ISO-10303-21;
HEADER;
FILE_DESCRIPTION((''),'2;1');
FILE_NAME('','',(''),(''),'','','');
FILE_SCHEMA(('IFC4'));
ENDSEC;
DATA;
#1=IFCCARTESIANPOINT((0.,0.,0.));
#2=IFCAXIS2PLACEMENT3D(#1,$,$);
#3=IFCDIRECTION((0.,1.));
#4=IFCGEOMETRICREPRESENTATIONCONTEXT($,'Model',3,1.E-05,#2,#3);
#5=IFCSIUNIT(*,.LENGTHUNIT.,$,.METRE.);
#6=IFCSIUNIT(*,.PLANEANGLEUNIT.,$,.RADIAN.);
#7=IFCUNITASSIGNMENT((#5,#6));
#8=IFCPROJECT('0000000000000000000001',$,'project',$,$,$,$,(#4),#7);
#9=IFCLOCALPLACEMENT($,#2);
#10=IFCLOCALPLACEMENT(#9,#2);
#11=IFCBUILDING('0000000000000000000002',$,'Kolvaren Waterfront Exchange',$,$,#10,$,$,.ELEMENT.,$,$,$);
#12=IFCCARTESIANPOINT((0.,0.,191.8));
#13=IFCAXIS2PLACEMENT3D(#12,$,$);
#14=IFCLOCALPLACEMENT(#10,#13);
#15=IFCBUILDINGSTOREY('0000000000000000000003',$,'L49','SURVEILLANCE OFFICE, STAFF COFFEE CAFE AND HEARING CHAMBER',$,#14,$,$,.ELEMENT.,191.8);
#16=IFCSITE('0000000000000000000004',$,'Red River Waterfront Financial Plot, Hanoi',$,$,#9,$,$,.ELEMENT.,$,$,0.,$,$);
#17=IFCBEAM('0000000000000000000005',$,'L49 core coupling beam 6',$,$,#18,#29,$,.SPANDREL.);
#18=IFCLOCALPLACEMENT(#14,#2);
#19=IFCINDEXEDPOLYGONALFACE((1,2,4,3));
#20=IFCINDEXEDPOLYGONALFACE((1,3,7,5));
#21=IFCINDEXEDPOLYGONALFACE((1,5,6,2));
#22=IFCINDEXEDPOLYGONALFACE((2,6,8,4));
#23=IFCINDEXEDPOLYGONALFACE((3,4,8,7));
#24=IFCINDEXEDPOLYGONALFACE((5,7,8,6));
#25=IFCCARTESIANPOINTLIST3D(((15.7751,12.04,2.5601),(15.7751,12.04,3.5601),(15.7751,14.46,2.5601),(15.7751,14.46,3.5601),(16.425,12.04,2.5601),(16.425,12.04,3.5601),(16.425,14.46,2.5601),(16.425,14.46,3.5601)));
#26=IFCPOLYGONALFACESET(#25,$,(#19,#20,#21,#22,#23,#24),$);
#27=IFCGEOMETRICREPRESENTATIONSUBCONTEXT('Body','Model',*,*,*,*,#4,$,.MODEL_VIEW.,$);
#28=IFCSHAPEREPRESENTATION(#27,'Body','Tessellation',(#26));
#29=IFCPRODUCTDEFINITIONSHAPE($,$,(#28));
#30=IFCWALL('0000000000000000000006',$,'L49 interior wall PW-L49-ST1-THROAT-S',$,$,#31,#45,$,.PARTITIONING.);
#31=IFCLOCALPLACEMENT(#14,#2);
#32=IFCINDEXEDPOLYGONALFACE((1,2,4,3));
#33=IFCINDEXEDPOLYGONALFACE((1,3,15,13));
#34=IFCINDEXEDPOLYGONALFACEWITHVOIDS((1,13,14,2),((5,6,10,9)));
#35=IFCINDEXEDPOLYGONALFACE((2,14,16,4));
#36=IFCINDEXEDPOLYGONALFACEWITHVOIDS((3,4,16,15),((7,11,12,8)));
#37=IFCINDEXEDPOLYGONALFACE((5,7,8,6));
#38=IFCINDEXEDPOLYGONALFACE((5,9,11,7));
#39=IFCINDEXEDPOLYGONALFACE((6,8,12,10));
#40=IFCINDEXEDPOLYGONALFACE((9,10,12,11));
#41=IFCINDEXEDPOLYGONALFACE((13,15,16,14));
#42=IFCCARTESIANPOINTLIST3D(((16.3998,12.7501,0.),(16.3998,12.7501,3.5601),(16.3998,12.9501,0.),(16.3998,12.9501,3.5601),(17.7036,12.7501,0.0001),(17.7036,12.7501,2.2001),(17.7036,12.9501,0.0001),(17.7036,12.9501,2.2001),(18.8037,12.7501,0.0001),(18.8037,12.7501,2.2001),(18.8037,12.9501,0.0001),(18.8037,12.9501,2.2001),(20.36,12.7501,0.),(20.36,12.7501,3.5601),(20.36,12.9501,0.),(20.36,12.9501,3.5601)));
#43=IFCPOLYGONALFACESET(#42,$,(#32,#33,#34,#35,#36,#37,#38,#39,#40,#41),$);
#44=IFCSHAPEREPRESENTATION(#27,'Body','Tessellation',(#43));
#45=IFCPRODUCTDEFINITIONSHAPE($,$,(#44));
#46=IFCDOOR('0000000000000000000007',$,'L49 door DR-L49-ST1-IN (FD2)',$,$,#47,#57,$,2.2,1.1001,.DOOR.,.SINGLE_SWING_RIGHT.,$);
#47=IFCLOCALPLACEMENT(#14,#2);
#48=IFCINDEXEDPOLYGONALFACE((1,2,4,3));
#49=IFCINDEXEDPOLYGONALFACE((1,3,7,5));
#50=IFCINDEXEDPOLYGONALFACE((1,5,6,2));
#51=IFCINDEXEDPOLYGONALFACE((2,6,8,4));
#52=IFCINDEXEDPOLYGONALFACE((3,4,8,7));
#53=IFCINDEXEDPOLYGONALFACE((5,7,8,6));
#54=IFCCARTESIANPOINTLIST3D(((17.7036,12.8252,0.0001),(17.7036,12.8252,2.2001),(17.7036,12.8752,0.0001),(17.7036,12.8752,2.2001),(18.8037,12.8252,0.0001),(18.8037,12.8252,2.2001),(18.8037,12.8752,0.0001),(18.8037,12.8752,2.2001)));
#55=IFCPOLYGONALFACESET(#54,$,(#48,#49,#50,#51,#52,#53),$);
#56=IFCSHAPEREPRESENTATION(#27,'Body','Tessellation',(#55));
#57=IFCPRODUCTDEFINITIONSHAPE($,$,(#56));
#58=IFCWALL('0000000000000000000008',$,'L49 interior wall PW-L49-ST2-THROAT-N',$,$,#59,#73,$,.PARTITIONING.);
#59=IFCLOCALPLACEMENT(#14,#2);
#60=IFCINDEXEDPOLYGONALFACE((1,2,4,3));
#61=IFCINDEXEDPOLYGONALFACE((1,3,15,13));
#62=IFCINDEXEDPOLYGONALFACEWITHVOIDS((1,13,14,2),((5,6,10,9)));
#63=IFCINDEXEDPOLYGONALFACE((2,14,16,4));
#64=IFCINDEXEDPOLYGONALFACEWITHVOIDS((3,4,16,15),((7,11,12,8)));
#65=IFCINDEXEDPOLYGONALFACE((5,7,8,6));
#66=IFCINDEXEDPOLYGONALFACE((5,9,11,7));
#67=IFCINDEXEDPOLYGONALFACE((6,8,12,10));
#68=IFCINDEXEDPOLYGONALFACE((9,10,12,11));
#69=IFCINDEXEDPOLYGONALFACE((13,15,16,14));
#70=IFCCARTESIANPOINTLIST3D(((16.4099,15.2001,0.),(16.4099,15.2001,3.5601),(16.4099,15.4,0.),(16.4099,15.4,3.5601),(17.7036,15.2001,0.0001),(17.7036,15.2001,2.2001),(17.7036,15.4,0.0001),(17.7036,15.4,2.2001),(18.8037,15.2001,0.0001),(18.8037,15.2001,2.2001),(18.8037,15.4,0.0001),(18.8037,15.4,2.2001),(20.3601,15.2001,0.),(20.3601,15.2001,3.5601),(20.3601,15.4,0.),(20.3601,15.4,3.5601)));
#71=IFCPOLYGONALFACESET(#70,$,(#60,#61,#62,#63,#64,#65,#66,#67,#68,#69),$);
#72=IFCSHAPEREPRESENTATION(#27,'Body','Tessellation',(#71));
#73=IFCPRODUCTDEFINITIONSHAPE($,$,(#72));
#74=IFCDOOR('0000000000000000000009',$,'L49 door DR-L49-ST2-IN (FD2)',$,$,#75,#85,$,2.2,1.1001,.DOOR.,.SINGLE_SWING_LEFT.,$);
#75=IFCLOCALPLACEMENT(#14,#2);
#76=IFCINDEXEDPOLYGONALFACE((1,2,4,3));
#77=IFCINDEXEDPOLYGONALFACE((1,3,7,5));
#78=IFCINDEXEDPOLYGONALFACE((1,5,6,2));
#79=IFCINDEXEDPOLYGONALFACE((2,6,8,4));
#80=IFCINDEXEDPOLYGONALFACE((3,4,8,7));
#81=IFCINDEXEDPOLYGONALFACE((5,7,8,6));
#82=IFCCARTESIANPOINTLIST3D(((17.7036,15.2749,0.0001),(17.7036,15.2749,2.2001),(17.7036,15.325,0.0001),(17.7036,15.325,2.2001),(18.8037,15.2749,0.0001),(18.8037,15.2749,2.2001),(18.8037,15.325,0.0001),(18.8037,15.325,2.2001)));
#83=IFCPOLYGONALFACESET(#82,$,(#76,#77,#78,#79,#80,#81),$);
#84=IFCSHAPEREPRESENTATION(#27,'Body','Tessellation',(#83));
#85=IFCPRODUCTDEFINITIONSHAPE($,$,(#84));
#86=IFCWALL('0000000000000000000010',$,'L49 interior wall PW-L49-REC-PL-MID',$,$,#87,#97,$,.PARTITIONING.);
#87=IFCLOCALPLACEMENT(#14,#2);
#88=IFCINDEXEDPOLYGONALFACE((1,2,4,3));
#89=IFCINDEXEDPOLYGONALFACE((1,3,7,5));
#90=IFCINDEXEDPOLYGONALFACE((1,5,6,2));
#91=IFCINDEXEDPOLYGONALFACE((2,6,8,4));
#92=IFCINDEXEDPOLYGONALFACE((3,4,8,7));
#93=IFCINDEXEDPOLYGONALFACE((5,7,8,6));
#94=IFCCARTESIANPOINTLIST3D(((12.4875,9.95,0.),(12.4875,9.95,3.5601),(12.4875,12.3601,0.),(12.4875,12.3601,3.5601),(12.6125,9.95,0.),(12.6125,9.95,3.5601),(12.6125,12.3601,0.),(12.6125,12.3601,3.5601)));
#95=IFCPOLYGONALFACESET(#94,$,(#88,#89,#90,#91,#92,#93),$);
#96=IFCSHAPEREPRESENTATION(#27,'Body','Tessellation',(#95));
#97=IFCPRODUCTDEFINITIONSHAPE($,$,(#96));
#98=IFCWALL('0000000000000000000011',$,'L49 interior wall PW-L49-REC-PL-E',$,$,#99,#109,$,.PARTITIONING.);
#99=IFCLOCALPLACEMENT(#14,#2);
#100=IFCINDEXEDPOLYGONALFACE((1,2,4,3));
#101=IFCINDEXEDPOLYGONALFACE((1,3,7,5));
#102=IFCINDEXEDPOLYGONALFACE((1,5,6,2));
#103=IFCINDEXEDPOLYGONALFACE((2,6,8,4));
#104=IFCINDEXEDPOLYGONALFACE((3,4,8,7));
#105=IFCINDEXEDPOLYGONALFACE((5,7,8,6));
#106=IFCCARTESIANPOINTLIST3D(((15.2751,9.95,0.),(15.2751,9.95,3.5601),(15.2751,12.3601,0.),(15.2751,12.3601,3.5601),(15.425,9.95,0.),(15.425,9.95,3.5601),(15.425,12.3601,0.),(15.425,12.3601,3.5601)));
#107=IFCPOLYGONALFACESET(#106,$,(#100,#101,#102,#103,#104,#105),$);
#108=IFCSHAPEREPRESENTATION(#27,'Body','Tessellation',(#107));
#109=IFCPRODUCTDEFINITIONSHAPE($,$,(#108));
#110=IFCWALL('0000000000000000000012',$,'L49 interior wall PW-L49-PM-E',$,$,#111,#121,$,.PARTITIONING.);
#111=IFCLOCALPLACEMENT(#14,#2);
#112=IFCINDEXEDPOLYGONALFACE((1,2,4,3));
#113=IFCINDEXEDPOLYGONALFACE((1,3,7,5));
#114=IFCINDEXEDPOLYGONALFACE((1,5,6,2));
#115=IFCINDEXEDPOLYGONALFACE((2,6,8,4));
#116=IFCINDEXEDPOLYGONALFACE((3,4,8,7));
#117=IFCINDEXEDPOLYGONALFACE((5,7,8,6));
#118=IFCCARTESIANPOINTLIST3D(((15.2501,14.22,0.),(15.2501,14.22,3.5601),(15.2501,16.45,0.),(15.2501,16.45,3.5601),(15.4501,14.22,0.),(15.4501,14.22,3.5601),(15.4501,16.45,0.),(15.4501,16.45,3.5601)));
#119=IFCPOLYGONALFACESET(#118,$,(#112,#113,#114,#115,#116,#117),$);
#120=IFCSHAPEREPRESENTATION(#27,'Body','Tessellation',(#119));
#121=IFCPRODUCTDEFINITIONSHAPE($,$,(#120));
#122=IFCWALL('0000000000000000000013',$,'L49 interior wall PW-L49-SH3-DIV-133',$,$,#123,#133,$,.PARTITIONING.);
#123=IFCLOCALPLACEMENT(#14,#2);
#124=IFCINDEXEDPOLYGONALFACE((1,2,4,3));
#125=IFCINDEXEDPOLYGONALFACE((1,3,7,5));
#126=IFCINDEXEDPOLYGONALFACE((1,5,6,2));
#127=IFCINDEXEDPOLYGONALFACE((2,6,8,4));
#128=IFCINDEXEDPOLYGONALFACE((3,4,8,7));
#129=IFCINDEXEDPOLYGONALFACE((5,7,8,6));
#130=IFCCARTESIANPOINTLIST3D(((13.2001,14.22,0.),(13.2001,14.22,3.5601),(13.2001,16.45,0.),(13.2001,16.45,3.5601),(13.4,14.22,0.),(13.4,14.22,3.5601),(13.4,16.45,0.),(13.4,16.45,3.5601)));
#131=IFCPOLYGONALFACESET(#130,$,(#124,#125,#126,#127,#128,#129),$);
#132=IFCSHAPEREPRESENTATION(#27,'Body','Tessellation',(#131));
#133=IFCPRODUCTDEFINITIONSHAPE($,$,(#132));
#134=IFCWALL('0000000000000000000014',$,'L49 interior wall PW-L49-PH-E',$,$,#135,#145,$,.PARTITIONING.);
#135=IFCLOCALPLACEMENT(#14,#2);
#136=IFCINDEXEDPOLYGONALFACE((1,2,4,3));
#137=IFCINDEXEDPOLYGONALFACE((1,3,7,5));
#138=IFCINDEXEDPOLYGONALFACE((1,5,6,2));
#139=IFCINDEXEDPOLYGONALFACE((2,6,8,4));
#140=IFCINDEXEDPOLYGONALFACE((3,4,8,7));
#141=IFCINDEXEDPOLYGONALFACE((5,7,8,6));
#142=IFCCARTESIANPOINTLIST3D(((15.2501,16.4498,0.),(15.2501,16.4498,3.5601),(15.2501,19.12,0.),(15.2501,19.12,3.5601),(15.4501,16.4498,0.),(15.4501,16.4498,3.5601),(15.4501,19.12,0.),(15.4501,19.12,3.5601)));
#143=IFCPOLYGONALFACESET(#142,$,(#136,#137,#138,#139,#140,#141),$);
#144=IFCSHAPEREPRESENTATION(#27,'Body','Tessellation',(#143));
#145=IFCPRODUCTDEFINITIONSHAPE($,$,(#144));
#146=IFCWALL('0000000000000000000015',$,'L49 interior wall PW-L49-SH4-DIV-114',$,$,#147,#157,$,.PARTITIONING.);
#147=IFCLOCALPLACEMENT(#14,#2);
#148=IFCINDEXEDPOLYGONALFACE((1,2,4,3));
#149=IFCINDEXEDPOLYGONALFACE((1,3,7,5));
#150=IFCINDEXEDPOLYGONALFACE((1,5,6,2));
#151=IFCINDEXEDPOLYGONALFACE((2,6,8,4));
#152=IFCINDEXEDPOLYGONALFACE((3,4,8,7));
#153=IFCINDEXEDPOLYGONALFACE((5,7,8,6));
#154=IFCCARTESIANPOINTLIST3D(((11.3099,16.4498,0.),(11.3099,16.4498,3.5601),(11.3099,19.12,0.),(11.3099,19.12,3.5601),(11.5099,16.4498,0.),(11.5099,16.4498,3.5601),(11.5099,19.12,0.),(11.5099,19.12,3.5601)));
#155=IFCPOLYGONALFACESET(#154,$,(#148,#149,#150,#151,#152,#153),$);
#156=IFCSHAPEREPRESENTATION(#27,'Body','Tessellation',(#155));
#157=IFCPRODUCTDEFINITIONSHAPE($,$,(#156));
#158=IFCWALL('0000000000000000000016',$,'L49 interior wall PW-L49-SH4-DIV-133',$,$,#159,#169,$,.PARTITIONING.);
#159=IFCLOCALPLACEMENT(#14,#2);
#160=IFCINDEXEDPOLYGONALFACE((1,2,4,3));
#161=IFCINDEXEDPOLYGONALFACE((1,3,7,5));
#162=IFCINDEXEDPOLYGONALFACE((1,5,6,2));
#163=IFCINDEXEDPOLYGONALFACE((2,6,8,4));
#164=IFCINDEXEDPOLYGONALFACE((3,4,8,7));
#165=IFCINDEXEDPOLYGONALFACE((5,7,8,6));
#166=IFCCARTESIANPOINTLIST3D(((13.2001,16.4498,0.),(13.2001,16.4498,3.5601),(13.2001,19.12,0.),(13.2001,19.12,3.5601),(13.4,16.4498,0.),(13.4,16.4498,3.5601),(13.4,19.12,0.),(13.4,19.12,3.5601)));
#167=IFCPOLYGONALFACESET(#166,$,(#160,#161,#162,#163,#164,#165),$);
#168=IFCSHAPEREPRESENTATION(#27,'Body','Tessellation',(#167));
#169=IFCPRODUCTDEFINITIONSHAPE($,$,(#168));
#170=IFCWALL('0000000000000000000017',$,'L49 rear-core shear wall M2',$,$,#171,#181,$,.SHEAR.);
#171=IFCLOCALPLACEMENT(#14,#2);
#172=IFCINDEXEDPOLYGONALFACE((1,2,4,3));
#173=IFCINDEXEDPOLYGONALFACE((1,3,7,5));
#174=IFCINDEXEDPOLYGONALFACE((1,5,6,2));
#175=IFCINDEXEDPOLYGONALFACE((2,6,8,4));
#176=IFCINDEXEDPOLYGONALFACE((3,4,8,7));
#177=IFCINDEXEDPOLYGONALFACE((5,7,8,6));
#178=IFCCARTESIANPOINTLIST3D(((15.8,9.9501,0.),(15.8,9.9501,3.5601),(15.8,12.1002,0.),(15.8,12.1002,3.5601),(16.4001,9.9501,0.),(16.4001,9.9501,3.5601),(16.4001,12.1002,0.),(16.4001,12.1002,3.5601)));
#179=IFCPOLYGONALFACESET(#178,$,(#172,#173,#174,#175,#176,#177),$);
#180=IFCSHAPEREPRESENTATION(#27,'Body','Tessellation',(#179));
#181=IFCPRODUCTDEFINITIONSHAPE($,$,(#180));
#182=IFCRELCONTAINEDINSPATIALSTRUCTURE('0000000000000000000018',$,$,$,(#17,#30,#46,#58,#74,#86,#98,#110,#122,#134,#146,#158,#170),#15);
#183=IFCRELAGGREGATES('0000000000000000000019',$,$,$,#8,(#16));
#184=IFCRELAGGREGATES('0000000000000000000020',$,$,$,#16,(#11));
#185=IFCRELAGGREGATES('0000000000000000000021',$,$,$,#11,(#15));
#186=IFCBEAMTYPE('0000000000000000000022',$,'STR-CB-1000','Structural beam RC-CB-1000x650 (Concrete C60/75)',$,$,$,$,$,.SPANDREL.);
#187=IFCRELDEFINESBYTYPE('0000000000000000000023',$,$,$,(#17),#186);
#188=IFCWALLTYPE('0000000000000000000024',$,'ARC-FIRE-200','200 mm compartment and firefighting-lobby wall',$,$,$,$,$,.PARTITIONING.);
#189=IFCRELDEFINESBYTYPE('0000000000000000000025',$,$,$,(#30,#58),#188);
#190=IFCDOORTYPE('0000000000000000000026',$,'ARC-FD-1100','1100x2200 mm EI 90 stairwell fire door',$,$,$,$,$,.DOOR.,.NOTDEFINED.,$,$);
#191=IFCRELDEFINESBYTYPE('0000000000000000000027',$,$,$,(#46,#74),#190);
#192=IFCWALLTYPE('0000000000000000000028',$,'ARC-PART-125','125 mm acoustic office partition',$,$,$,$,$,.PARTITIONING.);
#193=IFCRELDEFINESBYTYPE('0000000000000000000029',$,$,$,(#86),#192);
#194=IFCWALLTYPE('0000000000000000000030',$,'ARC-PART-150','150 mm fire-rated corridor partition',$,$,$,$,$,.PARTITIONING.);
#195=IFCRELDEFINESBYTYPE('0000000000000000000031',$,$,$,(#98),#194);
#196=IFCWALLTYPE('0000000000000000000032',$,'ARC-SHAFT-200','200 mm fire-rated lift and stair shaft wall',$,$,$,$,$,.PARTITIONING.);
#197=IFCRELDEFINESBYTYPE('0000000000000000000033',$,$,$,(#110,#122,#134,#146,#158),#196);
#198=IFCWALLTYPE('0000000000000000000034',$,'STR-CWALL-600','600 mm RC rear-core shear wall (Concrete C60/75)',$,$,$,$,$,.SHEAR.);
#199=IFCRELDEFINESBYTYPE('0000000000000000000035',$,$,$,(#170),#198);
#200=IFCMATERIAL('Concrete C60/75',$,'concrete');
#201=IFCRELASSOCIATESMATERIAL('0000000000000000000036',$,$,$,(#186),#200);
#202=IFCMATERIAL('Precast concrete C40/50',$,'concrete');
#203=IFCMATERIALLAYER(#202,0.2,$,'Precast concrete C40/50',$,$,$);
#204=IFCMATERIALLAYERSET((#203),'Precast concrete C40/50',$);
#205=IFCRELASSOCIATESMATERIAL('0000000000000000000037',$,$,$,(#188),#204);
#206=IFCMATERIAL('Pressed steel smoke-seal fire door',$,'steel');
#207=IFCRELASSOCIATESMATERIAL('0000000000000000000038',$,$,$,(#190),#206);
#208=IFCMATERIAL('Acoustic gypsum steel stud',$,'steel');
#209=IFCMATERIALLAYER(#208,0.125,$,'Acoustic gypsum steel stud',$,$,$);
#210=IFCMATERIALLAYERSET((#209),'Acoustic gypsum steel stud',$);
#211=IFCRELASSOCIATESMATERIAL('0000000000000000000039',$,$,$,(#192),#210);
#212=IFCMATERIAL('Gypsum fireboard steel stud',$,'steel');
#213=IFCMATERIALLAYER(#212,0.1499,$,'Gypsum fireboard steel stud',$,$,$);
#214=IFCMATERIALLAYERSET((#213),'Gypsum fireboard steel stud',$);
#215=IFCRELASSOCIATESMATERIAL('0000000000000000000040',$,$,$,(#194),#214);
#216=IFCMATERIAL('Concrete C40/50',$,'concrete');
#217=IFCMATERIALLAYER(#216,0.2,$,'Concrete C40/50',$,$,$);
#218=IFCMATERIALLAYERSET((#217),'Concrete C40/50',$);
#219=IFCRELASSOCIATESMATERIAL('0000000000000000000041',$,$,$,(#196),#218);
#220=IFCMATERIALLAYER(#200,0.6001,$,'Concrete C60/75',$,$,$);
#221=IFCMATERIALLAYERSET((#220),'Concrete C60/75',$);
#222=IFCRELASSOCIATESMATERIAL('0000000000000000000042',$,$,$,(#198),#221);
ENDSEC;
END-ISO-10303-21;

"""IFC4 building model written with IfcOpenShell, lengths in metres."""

from ifc_helpers import new_model, si_unit, direction, frame, frame_2d, origin, origin_2d, place, context, subcontext, project, spatial, rectangle, extrude, material, layer, layer_set, material_profile, profile_set, type_object, element, fill, save


model = new_model("IFC4")

# Units and contexts
model_context = context("Model", 3, precision=1e-05, world=origin(), true_north=direction((0.0, 1.0)))
body_context = subcontext(model_context, "Body", "Model", "MODEL_VIEW")
ifc_project = project(units=[si_unit("LENGTHUNIT", "METRE"), si_unit("PLANEANGLEUNIT", "RADIAN")], contexts=[model_context])

# Site, building, storey
site_placement = place(None, origin())
site = spatial("IfcSite", under=ifc_project, at=site_placement, Name="Red River Waterfront Financial Plot, Hanoi", CompositionType="ELEMENT", RefElevation=0.0)
building_placement = place(site_placement, origin())
building = spatial("IfcBuilding", under=site, at=building_placement, Name="Kolvaren Waterfront Exchange", CompositionType="ELEMENT")
storey_placement = place(building_placement, frame((0.0, 0.0, 191.8)))
storey = spatial("IfcBuildingStorey", under=building, at=storey_placement, Name="L49", Description="SURVEILLANCE OFFICE, STAFF COFFEE CAFE AND HEARING CHAMBER", CompositionType="ELEMENT", Elevation=191.8)

# Beam
ifc_material_1 = material(Name="Concrete C60/75", Category="concrete")
ifc_material_profile = material_profile(ifc_material_1, rectangle(XDim=0.6499, YDim=1.0, at=origin_2d()), Name="RC-CB-1000x650")
ifc_profile_set = profile_set([ifc_material_profile], Name="Concrete C60/75")
beam_type = type_object("IfcBeamType", Name="STR-CB-1000", Description="Structural beam RC-CB-1000x650 (Concrete C60/75)", PredefinedType="SPANDREL", material=ifc_profile_set)
beam_placement = place(storey_placement, frame((16.1001, 12.04, 3.0601), z_axis=(0.0, 1.0, 0.0), x_axis=(-1.0, 0.0, 0.0)))
element("IfcBeam", 1, at=beam_placement, inside=storey, type_object=beam_type, Name="L49 core coupling beam 6", PredefinedType="SPANDREL", context=body_context, shape_type="SweptSolid", body=[
    extrude(rectangle(XDim=0.6499, YDim=1.0, at=origin_2d()), origin(), (0.0, 0.0, 1.0), 2.4199),
])

# Walls, openings, doors
ifc_material_2 = material(Name="Precast concrete C40/50", Category="concrete")
ifc_layer_1 = layer(ifc_material_2, 0.2, Name="Precast concrete C40/50")
ifc_layer_set_1 = layer_set([ifc_layer_1], Name="Precast concrete C40/50")
wall_type_1 = type_object("IfcWallType", Name="ARC-FIRE-200", Description="200 mm compartment and firefighting-lobby wall", PredefinedType="PARTITIONING", material=ifc_layer_set_1)
wall_1_placement = place(storey_placement, frame((16.3999, 12.8501, 0.0), z_axis=(0.0, 0.0, 1.0), x_axis=(1.0, 0.0, 0.0)))
wall_1 = element("IfcWall", 2, at=wall_1_placement, inside=storey, type_object=wall_type_1, Name="L49 interior wall PW-L49-ST1-THROAT-S", PredefinedType="PARTITIONING", context=body_context, shape_type="SweptSolid", body=[
    extrude(rectangle(XDim=3.9602, YDim=0.2, at=frame_2d((1.98, 0.0))), origin(), (0.0, 0.0, 1.0), 3.5601),
])
opening_1_placement = place(wall_1_placement, frame((1.3037, 0.0, 0.0)))
opening_1 = element("IfcOpeningElement", 3, at=opening_1_placement, cuts=wall_1, PredefinedType="OPENING", context=body_context, shape_type="SweptSolid", body=[
    extrude(rectangle(XDim=1.1001, YDim=2.2, at=frame_2d((0.55, 1.1001))), frame((0.0, 0.1099, 0.0), z_axis=(0.0, -1.0, 0.0), x_axis=(1.0, 0.0, 0.0)), (0.0, 0.0, 1.0), 0.22),
])
ifc_material_3 = material(Name="Pressed steel smoke-seal fire door", Category="steel")
door_type = type_object("IfcDoorType", Name="ARC-FD-1100", Description="1100x2200 mm EI 90 stairwell fire door", OperationType="NOTDEFINED", PredefinedType="DOOR", material=ifc_material_3)
door_1_placement = place(opening_1_placement, frame((1.1001, 0.0, 0.0), z_axis=(0.0, 0.0, 1.0), x_axis=(-1.0, 0.0, 0.0)))
door_1 = element("IfcDoor", 4, at=door_1_placement, inside=storey, type_object=door_type, Name="L49 door DR-L49-ST1-IN (FD2)", OperationType="SINGLE_SWING_RIGHT", OverallHeight=2.2, OverallWidth=1.1001, PredefinedType="DOOR", context=body_context, shape_type="SweptSolid", body=[
    extrude(rectangle(XDim=1.1001, YDim=2.2, at=frame_2d((0.55, 1.1001))), frame((0.0, 0.0249, 0.0), z_axis=(0.0, -1.0, 0.0), x_axis=(1.0, 0.0, 0.0)), (0.0, 0.0, 1.0), 0.05),
])
fill(opening_1, door_1)
wall_2_placement = place(storey_placement, frame((16.4099, 15.3, 0.0), z_axis=(0.0, 0.0, 1.0), x_axis=(1.0, 0.0, 0.0)))
wall_2 = element("IfcWall", 5, at=wall_2_placement, inside=storey, type_object=wall_type_1, Name="L49 interior wall PW-L49-ST2-THROAT-N", PredefinedType="PARTITIONING", context=body_context, shape_type="SweptSolid", body=[
    extrude(rectangle(XDim=3.9502, YDim=0.2, at=frame_2d((1.9751, 0.0))), origin(), (0.0, 0.0, 1.0), 3.5601),
])
opening_2_placement = place(wall_2_placement, frame((1.2937, 0.0, 0.0)))
opening_2 = element("IfcOpeningElement", 6, at=opening_2_placement, cuts=wall_2, PredefinedType="OPENING", context=body_context, shape_type="SweptSolid", body=[
    extrude(rectangle(XDim=1.1001, YDim=2.2, at=frame_2d((0.55, 1.1001))), frame((0.0, 0.1099, 0.0), z_axis=(0.0, -1.0, 0.0), x_axis=(1.0, 0.0, 0.0)), (0.0, 0.0, 1.0), 0.22),
])
door_2_placement = place(opening_2_placement, origin())
door_2 = element("IfcDoor", 7, at=door_2_placement, inside=storey, type_object=door_type, Name="L49 door DR-L49-ST2-IN (FD2)", OperationType="SINGLE_SWING_LEFT", OverallHeight=2.2, OverallWidth=1.1001, PredefinedType="DOOR", context=body_context, shape_type="SweptSolid", body=[
    extrude(rectangle(XDim=1.1001, YDim=2.2, at=frame_2d((0.55, 1.1001))), frame((0.0, 0.0249, 0.0), z_axis=(0.0, -1.0, 0.0), x_axis=(1.0, 0.0, 0.0)), (0.0, 0.0, 1.0), 0.05),
])
fill(opening_2, door_2)

# Walls
ifc_material_4 = material(Name="Acoustic gypsum steel stud", Category="steel")
ifc_layer_2 = layer(ifc_material_4, 0.125, Name="Acoustic gypsum steel stud")
ifc_layer_set_2 = layer_set([ifc_layer_2], Name="Acoustic gypsum steel stud")
wall_type_2 = type_object("IfcWallType", Name="ARC-PART-125", Description="125 mm acoustic office partition", PredefinedType="PARTITIONING", material=ifc_layer_set_2)
wall_3_placement = place(storey_placement, frame((12.55, 9.95, 0.0), z_axis=(0.0, 0.0, 1.0), x_axis=(0.0, 1.0, 0.0)))
element("IfcWall", 8, at=wall_3_placement, inside=storey, type_object=wall_type_2, Name="L49 interior wall PW-L49-REC-PL-MID", PredefinedType="PARTITIONING", context=body_context, shape_type="SweptSolid", body=[
    extrude(rectangle(XDim=2.4102, YDim=0.125, at=frame_2d((1.2051, 0.0))), origin(), (0.0, 0.0, 1.0), 3.5601),
])
ifc_material_5 = material(Name="Gypsum fireboard steel stud", Category="steel")
ifc_layer_3 = layer(ifc_material_5, 0.1499, Name="Gypsum fireboard steel stud")
ifc_layer_set_3 = layer_set([ifc_layer_3], Name="Gypsum fireboard steel stud")
wall_type_3 = type_object("IfcWallType", Name="ARC-PART-150", Description="150 mm fire-rated corridor partition", PredefinedType="PARTITIONING", material=ifc_layer_set_3)
wall_4_placement = place(storey_placement, frame((15.3501, 9.95, 0.0), z_axis=(0.0, 0.0, 1.0), x_axis=(0.0, 1.0, 0.0)))
element("IfcWall", 9, at=wall_4_placement, inside=storey, type_object=wall_type_3, Name="L49 interior wall PW-L49-REC-PL-E", PredefinedType="PARTITIONING", context=body_context, shape_type="SweptSolid", body=[
    extrude(rectangle(XDim=2.4102, YDim=0.1499, at=frame_2d((1.2051, 0.0))), origin(), (0.0, 0.0, 1.0), 3.5601),
])
ifc_material_6 = material(Name="Concrete C40/50", Category="concrete")
ifc_layer_4 = layer(ifc_material_6, 0.2, Name="Concrete C40/50")
ifc_layer_set_4 = layer_set([ifc_layer_4], Name="Concrete C40/50")
wall_type_4 = type_object("IfcWallType", Name="ARC-SHAFT-200", Description="200 mm fire-rated lift and stair shaft wall", PredefinedType="PARTITIONING", material=ifc_layer_set_4)
for number, where, z_axis, x_axis, name in (
    (10, (15.3501, 14.22, 0.0), (0.0, 0.0, 1.0), (0.0, 1.0, 0.0), "L49 interior wall PW-L49-PM-E"),
    (11, (13.3, 14.22, 0.0), (0.0, 0.0, 1.0), (0.0, 1.0, 0.0), "L49 interior wall PW-L49-SH3-DIV-133"),
):
    element("IfcWall", number, at=place(storey_placement, frame(where, z_axis=z_axis, x_axis=x_axis)), inside=storey, type_object=wall_type_4, Name=name, PredefinedType="PARTITIONING", context=body_context, shape_type="SweptSolid", body=[
        extrude(rectangle(XDim=2.23, YDim=0.2, at=frame_2d((1.115, 0.0))), origin(), (0.0, 0.0, 1.0), 3.5601),
    ])
for number, where, z_axis, x_axis, name in (
    (12, (15.3501, 16.45, 0.0), (0.0, 0.0, 1.0), (0.0, 1.0, 0.0), "L49 interior wall PW-L49-PH-E"),
    (13, (11.4099, 16.45, 0.0), (0.0, 0.0, 1.0), (0.0, 1.0, 0.0), "L49 interior wall PW-L49-SH4-DIV-114"),
    (14, (13.3, 16.45, 0.0), (0.0, 0.0, 1.0), (0.0, 1.0, 0.0), "L49 interior wall PW-L49-SH4-DIV-133"),
):
    element("IfcWall", number, at=place(storey_placement, frame(where, z_axis=z_axis, x_axis=x_axis)), inside=storey, type_object=wall_type_4, Name=name, PredefinedType="PARTITIONING", context=body_context, shape_type="SweptSolid", body=[
        extrude(rectangle(XDim=2.6702, YDim=0.2, at=frame_2d((1.335, 0.0))), origin(), (0.0, 0.0, 1.0), 3.5601),
    ])
ifc_layer_5 = layer(ifc_material_1, 0.6001, Name="Concrete C60/75")
ifc_layer_set_5 = layer_set([ifc_layer_5], Name="Concrete C60/75")
wall_type_5 = type_object("IfcWallType", Name="STR-CWALL-600", Description="600 mm RC rear-core shear wall (Concrete C60/75)", PredefinedType="SHEAR", material=ifc_layer_set_5)
wall_5_placement = place(storey_placement, frame((16.1001, 9.95, 0.0), z_axis=(0.0, 0.0, 1.0), x_axis=(0.0, 1.0, 0.0)))
element("IfcWall", 15, at=wall_5_placement, inside=storey, type_object=wall_type_5, Name="L49 rear-core shear wall M2", PredefinedType="SHEAR", context=body_context, shape_type="SweptSolid", body=[
    extrude(rectangle(XDim=2.1501, YDim=0.6001, at=frame_2d((1.0752, 0.0))), origin(), (0.0, 0.0, 1.0), 3.5601),
])

save(model, "model.ifc")
